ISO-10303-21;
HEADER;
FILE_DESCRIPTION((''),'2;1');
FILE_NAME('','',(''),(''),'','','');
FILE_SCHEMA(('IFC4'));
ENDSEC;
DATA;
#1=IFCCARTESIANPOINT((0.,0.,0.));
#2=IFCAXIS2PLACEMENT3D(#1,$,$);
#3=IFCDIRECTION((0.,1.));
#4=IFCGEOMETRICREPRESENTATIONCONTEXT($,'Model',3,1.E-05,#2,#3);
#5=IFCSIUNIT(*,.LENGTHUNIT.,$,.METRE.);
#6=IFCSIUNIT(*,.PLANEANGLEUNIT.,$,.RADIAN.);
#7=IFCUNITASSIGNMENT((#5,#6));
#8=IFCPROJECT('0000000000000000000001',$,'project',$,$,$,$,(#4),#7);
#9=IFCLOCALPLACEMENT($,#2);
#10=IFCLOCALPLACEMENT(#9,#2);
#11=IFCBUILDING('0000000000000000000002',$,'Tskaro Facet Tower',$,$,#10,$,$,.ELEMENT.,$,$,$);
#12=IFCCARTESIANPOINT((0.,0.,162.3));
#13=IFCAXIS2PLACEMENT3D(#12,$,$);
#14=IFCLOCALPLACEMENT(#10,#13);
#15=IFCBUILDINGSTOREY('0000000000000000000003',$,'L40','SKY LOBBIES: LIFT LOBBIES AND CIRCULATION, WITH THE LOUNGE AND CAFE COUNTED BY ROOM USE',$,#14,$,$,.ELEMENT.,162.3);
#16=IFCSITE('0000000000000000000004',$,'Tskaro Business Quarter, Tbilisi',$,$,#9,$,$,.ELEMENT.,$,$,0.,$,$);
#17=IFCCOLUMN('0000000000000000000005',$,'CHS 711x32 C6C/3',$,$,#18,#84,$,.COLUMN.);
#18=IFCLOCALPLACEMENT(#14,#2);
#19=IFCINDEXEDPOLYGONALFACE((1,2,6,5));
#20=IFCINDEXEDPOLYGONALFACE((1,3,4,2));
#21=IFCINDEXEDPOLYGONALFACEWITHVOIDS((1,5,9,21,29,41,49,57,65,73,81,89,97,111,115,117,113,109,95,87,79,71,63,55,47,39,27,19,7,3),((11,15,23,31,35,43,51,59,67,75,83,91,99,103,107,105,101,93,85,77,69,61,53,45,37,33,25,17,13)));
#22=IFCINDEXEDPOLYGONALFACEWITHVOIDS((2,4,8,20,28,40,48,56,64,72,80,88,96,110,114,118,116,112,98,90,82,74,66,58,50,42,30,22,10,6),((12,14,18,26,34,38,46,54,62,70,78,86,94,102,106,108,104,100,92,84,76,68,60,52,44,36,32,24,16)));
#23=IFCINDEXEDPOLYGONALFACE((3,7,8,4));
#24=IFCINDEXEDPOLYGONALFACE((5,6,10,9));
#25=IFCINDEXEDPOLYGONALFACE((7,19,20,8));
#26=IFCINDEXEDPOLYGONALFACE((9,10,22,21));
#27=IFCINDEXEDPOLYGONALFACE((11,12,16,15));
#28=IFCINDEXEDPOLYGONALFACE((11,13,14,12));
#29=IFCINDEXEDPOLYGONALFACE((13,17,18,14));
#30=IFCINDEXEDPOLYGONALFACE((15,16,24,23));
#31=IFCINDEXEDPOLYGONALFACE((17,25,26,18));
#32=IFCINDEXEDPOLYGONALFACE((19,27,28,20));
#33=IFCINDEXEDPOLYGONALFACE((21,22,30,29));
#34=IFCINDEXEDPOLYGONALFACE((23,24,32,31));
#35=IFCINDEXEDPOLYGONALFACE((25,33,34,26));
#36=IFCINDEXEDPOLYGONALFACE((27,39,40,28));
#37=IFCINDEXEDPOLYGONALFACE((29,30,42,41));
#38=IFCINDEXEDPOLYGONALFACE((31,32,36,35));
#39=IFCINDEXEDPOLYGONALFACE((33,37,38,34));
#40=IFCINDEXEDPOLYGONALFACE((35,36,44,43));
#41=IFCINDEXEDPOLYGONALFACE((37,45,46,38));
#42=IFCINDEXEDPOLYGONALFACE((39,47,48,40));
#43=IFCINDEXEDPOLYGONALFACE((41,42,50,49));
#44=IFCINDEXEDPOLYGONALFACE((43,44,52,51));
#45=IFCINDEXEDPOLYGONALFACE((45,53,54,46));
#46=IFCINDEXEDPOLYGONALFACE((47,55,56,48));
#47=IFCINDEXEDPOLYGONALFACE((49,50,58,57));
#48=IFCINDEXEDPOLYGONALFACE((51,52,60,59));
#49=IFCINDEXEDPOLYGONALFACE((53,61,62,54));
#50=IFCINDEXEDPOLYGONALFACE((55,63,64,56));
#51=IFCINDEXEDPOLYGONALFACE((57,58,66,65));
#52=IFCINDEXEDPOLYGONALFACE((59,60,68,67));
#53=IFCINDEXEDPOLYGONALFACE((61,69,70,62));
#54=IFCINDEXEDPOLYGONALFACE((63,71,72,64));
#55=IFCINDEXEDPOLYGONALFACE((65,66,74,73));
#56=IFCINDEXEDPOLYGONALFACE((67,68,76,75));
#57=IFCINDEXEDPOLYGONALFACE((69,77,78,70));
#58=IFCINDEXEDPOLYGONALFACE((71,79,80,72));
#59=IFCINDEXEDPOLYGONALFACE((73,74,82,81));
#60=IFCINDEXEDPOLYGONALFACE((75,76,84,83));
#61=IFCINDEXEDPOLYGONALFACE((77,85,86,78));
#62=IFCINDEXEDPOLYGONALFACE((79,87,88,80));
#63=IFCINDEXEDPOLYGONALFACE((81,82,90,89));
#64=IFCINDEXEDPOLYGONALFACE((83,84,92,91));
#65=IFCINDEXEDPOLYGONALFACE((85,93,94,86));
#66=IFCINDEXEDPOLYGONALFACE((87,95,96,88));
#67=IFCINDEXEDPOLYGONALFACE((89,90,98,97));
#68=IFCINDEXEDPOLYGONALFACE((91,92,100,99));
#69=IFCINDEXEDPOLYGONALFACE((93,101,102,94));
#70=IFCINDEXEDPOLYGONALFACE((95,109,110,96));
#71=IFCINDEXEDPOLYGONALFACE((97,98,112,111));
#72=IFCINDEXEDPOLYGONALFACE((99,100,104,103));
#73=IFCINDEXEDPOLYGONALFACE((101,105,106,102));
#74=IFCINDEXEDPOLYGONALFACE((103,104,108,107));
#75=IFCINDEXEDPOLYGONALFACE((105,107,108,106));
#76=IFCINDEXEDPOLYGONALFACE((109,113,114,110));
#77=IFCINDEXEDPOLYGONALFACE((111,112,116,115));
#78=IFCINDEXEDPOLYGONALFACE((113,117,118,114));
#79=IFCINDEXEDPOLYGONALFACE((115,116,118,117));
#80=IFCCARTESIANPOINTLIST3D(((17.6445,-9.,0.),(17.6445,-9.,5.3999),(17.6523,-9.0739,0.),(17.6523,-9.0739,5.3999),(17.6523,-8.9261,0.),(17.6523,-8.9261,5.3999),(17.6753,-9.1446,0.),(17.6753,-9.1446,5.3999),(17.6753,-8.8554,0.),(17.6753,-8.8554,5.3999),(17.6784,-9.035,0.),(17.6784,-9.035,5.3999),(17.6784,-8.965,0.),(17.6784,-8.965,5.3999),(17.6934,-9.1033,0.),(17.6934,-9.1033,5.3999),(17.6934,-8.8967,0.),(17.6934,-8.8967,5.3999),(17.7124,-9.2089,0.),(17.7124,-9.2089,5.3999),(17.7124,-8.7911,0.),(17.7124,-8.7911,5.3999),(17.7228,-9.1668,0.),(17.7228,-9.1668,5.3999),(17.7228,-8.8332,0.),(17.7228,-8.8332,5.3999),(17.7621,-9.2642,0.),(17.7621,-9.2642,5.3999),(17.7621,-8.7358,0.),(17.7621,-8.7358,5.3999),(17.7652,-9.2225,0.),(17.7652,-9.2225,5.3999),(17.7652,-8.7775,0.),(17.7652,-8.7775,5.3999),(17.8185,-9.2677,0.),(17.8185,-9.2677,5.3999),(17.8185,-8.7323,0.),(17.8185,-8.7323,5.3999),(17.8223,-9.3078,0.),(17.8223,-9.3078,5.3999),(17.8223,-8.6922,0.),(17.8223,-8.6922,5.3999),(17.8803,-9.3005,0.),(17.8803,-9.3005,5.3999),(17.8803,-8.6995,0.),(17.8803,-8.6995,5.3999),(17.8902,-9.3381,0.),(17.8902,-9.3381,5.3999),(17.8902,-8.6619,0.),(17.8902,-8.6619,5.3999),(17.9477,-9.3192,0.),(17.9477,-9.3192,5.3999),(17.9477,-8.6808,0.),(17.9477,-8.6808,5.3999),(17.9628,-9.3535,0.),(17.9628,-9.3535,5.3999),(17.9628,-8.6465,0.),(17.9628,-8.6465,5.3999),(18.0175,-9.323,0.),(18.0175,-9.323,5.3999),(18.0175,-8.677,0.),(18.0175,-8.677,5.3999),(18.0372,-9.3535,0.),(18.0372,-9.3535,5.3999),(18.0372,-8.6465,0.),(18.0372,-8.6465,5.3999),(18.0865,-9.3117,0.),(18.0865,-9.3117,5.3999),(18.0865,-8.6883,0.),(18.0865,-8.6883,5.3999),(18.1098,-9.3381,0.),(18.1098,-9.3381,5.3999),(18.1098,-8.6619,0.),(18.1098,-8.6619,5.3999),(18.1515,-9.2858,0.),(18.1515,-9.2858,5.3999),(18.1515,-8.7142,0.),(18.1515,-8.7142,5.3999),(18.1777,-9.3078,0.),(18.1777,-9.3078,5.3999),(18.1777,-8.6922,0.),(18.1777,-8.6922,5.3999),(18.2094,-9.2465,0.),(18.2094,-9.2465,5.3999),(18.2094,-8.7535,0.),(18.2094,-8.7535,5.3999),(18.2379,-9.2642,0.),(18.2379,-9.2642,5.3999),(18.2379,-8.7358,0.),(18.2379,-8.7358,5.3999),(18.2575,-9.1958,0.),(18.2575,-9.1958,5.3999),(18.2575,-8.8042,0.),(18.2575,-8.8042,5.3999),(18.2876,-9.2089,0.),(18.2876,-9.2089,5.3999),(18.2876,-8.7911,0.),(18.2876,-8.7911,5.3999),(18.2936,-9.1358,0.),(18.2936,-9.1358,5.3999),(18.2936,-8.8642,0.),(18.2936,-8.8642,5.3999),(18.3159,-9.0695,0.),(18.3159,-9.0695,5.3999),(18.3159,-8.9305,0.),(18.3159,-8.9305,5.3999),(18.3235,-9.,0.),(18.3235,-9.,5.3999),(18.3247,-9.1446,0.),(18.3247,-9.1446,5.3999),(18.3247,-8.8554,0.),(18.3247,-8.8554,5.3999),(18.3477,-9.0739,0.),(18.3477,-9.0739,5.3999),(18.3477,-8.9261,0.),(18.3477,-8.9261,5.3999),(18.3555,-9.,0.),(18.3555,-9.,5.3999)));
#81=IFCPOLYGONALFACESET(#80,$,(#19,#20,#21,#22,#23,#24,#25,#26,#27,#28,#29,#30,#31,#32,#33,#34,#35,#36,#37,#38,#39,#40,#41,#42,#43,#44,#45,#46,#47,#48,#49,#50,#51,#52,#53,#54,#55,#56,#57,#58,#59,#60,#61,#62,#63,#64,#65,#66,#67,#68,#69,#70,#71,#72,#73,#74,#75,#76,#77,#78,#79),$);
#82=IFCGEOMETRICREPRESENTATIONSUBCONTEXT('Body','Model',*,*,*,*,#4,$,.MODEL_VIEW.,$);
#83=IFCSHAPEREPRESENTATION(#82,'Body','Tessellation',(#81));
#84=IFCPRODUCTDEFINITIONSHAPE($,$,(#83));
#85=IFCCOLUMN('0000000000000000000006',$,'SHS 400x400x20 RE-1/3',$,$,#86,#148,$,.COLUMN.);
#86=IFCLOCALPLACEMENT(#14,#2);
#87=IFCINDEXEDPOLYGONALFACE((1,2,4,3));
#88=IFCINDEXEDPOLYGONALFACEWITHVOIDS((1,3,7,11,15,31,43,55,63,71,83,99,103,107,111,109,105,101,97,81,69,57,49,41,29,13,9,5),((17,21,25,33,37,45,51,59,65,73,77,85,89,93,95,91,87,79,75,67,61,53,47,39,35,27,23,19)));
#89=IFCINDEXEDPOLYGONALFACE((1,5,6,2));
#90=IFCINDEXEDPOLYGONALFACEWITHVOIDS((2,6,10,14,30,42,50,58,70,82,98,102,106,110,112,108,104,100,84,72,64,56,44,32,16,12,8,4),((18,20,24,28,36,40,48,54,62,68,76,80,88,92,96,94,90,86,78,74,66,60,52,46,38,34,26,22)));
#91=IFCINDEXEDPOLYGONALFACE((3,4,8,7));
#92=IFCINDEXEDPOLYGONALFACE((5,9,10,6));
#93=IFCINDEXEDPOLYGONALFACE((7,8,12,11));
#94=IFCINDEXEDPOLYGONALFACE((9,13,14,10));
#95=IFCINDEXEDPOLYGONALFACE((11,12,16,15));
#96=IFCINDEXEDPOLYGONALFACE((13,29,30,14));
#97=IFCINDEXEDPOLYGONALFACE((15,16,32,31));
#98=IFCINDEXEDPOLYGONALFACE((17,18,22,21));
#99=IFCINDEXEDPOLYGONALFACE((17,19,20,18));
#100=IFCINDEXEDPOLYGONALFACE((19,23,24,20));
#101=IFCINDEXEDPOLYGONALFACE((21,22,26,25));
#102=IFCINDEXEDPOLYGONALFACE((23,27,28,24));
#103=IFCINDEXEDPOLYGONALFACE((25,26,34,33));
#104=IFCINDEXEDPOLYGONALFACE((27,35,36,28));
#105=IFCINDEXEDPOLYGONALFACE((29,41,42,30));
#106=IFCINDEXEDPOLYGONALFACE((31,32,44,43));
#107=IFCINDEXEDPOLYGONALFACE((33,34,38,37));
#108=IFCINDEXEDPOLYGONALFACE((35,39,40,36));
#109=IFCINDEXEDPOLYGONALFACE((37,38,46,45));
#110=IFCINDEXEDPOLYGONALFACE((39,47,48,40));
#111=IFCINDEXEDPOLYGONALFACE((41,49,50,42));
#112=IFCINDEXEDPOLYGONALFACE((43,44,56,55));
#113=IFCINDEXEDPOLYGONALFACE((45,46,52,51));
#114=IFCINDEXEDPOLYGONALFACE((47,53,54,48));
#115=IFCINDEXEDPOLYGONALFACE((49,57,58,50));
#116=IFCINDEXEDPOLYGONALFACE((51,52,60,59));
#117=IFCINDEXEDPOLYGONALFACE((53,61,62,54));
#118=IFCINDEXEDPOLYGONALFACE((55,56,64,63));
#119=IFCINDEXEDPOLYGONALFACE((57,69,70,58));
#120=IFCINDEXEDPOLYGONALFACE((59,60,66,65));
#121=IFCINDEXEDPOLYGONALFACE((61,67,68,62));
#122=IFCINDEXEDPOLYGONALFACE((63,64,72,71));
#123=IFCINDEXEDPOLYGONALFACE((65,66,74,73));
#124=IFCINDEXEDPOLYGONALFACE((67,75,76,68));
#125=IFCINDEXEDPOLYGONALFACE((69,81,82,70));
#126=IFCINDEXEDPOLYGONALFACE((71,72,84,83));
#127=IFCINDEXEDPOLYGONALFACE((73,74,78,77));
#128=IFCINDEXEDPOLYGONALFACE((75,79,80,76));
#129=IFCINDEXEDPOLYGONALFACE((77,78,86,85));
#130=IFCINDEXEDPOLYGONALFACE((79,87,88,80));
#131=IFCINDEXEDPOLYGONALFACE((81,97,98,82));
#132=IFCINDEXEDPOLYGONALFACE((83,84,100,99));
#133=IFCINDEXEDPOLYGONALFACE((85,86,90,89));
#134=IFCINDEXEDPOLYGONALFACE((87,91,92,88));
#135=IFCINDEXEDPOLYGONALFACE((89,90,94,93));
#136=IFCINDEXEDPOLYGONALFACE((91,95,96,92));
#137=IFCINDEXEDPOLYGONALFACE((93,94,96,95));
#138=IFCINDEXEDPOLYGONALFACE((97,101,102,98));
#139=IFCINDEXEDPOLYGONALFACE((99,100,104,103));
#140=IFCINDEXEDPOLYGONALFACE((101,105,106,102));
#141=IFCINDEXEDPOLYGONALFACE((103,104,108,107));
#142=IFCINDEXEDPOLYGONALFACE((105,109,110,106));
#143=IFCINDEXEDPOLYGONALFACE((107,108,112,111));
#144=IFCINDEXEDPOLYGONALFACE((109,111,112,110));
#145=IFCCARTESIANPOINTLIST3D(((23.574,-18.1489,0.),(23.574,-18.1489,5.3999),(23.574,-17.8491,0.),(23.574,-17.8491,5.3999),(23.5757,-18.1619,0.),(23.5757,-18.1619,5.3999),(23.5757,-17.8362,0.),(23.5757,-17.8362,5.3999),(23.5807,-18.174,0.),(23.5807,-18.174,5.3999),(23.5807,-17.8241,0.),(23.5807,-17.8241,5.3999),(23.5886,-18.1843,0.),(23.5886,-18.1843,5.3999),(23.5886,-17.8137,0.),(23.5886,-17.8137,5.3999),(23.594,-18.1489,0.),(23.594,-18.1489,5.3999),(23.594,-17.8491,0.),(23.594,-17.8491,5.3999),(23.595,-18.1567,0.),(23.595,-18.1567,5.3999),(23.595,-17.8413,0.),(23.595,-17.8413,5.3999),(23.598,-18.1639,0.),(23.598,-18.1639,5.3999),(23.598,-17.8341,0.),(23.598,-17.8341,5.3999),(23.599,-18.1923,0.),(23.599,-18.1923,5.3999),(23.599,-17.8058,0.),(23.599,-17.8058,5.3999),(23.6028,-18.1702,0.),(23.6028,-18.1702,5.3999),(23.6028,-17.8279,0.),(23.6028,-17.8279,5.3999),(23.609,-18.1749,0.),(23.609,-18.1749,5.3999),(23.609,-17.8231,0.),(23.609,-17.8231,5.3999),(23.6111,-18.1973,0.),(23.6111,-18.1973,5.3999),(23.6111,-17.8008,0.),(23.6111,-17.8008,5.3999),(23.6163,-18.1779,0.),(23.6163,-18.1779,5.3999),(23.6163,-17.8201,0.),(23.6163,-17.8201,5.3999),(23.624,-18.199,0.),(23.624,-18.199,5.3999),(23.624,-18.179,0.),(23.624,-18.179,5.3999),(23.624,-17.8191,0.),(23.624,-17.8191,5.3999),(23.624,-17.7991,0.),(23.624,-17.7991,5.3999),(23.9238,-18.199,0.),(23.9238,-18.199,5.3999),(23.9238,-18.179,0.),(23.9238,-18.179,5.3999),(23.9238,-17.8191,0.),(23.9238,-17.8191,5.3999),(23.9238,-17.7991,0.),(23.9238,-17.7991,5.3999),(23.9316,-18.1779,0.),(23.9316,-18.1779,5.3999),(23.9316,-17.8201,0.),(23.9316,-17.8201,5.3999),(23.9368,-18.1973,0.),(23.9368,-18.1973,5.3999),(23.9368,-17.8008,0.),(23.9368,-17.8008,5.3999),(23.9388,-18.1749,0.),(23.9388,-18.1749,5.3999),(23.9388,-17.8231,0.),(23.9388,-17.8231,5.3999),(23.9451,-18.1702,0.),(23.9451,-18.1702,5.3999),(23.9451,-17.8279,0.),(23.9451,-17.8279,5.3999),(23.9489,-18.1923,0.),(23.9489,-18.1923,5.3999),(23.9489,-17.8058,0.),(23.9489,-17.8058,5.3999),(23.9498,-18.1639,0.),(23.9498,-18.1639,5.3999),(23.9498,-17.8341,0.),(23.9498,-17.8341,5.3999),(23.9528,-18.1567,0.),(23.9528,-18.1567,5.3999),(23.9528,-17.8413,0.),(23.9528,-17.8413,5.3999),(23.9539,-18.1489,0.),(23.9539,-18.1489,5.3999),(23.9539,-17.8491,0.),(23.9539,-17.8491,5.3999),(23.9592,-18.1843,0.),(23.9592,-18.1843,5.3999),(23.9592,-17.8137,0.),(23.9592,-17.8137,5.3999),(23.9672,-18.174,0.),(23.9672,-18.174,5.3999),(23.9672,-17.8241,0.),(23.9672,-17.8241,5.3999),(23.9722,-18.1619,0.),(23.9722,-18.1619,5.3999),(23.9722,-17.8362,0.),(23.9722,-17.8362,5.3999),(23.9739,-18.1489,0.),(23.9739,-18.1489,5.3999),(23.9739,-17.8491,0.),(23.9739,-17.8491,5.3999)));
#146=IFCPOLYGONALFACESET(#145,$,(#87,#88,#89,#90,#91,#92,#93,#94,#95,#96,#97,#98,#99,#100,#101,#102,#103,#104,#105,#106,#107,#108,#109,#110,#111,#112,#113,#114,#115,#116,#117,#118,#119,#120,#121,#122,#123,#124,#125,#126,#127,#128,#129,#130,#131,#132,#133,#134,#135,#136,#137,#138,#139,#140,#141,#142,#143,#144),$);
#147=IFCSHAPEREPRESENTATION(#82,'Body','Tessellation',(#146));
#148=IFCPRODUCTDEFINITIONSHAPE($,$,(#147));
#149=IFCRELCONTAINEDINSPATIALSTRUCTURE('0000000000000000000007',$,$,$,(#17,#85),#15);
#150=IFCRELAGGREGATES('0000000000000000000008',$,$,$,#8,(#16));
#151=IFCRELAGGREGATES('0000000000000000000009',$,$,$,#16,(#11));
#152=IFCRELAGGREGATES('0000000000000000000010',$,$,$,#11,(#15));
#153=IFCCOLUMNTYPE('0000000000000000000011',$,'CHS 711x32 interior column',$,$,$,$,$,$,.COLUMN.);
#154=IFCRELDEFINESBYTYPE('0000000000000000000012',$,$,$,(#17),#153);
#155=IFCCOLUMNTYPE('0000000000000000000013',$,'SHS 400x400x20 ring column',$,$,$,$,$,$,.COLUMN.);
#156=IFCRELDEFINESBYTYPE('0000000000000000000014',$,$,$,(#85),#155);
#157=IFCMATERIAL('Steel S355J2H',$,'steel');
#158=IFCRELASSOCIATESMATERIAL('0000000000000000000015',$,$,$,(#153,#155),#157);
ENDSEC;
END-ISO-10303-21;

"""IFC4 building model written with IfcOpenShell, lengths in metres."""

from ifc_helpers import new_model, si_unit, direction, frame, origin, origin_2d, place, context, subcontext, project, spatial, hollow_rectangle, hollow_circle, extrude, material, material_profile, profile_set, type_object, element, save


model = new_model("IFC4")

# Units and contexts
model_context = context("Model", 3, precision=1e-05, world=origin(), true_north=direction((0.0, 1.0)))
body_context = subcontext(model_context, "Body", "Model", "MODEL_VIEW")
ifc_project = project(units=[si_unit("LENGTHUNIT", "METRE"), si_unit("PLANEANGLEUNIT", "RADIAN")], contexts=[model_context])

# Site, building, storey
site_placement = place(None, origin())
site = spatial("IfcSite", under=ifc_project, at=site_placement, Name="Tskaro Business Quarter, Tbilisi", CompositionType="ELEMENT", RefElevation=0.0)
building_placement = place(site_placement, origin())
building = spatial("IfcBuilding", under=site, at=building_placement, Name="Tskaro Facet Tower", CompositionType="ELEMENT")
storey_placement = place(building_placement, frame((0.0, 0.0, 162.3)))
storey = spatial("IfcBuildingStorey", under=building, at=storey_placement, Name="L40", Description="SKY LOBBIES: LIFT LOBBIES AND CIRCULATION, WITH THE LOUNGE AND CAFE COUNTED BY ROOM USE", CompositionType="ELEMENT", Elevation=162.3)

# Columns
ifc_material_1 = material(Name="Steel S355J2H", Category="steel")
ifc_material_profile_1 = material_profile(ifc_material_1, hollow_circle(Radius=0.3555, WallThickness=0.032, at=origin_2d()), Name="CHS 711x32")
ifc_profile_set_1 = profile_set([ifc_material_profile_1], Name="Steel S355J2H")
column_type_1 = type_object("IfcColumnType", Name="CHS 711x32 interior column", PredefinedType="COLUMN", material=ifc_profile_set_1)
column_placement = place(storey_placement, frame((18.0, -9.0, 0.0), z_axis=(0.0, 0.0, 1.0), x_axis=(1.0, 0.0, 0.0)))
element("IfcColumn", 1, at=column_placement, inside=storey, type_object=column_type_1, Name="CHS 711x32 C6C/3", PredefinedType="COLUMN", context=body_context, shape_type="SweptSolid", body=[
    extrude(hollow_circle(Radius=0.3555, WallThickness=0.032, at=origin_2d()), origin(), (0.0, 0.0, 1.0), 5.3999),
])
ifc_material_profile_2 = material_profile(ifc_material_1, hollow_rectangle(XDim=0.3999, YDim=0.3999, WallThickness=0.02, InnerFilletRadius=0.03, OuterFilletRadius=0.05, at=origin_2d()), Name="SHS 400x400x20")
ifc_profile_set_2 = profile_set([ifc_material_profile_2], Name="Steel S355J2H")
column_type_2 = type_object("IfcColumnType", Name="SHS 400x400x20 ring column", PredefinedType="COLUMN", material=ifc_profile_set_2)
for number, where, z_axis, x_axis, name in (
    (2, (23.7739, -17.999, 0.0), (0.0, 0.0, 1.0), (1.0, 0.0, 0.0), "SHS 400x400x20 RE-1/3"),
):
    element("IfcColumn", number, at=place(storey_placement, frame(where, z_axis=z_axis, x_axis=x_axis)), inside=storey, type_object=column_type_2, Name=name, PredefinedType="COLUMN", context=body_context, shape_type="SweptSolid", body=[
        extrude(hollow_rectangle(XDim=0.3999, YDim=0.3999, WallThickness=0.02, InnerFilletRadius=0.03, OuterFilletRadius=0.05, at=origin_2d()), origin(), (0.0, 0.0, 1.0), 5.3999),
    ])

save(model, "model.ifc")
